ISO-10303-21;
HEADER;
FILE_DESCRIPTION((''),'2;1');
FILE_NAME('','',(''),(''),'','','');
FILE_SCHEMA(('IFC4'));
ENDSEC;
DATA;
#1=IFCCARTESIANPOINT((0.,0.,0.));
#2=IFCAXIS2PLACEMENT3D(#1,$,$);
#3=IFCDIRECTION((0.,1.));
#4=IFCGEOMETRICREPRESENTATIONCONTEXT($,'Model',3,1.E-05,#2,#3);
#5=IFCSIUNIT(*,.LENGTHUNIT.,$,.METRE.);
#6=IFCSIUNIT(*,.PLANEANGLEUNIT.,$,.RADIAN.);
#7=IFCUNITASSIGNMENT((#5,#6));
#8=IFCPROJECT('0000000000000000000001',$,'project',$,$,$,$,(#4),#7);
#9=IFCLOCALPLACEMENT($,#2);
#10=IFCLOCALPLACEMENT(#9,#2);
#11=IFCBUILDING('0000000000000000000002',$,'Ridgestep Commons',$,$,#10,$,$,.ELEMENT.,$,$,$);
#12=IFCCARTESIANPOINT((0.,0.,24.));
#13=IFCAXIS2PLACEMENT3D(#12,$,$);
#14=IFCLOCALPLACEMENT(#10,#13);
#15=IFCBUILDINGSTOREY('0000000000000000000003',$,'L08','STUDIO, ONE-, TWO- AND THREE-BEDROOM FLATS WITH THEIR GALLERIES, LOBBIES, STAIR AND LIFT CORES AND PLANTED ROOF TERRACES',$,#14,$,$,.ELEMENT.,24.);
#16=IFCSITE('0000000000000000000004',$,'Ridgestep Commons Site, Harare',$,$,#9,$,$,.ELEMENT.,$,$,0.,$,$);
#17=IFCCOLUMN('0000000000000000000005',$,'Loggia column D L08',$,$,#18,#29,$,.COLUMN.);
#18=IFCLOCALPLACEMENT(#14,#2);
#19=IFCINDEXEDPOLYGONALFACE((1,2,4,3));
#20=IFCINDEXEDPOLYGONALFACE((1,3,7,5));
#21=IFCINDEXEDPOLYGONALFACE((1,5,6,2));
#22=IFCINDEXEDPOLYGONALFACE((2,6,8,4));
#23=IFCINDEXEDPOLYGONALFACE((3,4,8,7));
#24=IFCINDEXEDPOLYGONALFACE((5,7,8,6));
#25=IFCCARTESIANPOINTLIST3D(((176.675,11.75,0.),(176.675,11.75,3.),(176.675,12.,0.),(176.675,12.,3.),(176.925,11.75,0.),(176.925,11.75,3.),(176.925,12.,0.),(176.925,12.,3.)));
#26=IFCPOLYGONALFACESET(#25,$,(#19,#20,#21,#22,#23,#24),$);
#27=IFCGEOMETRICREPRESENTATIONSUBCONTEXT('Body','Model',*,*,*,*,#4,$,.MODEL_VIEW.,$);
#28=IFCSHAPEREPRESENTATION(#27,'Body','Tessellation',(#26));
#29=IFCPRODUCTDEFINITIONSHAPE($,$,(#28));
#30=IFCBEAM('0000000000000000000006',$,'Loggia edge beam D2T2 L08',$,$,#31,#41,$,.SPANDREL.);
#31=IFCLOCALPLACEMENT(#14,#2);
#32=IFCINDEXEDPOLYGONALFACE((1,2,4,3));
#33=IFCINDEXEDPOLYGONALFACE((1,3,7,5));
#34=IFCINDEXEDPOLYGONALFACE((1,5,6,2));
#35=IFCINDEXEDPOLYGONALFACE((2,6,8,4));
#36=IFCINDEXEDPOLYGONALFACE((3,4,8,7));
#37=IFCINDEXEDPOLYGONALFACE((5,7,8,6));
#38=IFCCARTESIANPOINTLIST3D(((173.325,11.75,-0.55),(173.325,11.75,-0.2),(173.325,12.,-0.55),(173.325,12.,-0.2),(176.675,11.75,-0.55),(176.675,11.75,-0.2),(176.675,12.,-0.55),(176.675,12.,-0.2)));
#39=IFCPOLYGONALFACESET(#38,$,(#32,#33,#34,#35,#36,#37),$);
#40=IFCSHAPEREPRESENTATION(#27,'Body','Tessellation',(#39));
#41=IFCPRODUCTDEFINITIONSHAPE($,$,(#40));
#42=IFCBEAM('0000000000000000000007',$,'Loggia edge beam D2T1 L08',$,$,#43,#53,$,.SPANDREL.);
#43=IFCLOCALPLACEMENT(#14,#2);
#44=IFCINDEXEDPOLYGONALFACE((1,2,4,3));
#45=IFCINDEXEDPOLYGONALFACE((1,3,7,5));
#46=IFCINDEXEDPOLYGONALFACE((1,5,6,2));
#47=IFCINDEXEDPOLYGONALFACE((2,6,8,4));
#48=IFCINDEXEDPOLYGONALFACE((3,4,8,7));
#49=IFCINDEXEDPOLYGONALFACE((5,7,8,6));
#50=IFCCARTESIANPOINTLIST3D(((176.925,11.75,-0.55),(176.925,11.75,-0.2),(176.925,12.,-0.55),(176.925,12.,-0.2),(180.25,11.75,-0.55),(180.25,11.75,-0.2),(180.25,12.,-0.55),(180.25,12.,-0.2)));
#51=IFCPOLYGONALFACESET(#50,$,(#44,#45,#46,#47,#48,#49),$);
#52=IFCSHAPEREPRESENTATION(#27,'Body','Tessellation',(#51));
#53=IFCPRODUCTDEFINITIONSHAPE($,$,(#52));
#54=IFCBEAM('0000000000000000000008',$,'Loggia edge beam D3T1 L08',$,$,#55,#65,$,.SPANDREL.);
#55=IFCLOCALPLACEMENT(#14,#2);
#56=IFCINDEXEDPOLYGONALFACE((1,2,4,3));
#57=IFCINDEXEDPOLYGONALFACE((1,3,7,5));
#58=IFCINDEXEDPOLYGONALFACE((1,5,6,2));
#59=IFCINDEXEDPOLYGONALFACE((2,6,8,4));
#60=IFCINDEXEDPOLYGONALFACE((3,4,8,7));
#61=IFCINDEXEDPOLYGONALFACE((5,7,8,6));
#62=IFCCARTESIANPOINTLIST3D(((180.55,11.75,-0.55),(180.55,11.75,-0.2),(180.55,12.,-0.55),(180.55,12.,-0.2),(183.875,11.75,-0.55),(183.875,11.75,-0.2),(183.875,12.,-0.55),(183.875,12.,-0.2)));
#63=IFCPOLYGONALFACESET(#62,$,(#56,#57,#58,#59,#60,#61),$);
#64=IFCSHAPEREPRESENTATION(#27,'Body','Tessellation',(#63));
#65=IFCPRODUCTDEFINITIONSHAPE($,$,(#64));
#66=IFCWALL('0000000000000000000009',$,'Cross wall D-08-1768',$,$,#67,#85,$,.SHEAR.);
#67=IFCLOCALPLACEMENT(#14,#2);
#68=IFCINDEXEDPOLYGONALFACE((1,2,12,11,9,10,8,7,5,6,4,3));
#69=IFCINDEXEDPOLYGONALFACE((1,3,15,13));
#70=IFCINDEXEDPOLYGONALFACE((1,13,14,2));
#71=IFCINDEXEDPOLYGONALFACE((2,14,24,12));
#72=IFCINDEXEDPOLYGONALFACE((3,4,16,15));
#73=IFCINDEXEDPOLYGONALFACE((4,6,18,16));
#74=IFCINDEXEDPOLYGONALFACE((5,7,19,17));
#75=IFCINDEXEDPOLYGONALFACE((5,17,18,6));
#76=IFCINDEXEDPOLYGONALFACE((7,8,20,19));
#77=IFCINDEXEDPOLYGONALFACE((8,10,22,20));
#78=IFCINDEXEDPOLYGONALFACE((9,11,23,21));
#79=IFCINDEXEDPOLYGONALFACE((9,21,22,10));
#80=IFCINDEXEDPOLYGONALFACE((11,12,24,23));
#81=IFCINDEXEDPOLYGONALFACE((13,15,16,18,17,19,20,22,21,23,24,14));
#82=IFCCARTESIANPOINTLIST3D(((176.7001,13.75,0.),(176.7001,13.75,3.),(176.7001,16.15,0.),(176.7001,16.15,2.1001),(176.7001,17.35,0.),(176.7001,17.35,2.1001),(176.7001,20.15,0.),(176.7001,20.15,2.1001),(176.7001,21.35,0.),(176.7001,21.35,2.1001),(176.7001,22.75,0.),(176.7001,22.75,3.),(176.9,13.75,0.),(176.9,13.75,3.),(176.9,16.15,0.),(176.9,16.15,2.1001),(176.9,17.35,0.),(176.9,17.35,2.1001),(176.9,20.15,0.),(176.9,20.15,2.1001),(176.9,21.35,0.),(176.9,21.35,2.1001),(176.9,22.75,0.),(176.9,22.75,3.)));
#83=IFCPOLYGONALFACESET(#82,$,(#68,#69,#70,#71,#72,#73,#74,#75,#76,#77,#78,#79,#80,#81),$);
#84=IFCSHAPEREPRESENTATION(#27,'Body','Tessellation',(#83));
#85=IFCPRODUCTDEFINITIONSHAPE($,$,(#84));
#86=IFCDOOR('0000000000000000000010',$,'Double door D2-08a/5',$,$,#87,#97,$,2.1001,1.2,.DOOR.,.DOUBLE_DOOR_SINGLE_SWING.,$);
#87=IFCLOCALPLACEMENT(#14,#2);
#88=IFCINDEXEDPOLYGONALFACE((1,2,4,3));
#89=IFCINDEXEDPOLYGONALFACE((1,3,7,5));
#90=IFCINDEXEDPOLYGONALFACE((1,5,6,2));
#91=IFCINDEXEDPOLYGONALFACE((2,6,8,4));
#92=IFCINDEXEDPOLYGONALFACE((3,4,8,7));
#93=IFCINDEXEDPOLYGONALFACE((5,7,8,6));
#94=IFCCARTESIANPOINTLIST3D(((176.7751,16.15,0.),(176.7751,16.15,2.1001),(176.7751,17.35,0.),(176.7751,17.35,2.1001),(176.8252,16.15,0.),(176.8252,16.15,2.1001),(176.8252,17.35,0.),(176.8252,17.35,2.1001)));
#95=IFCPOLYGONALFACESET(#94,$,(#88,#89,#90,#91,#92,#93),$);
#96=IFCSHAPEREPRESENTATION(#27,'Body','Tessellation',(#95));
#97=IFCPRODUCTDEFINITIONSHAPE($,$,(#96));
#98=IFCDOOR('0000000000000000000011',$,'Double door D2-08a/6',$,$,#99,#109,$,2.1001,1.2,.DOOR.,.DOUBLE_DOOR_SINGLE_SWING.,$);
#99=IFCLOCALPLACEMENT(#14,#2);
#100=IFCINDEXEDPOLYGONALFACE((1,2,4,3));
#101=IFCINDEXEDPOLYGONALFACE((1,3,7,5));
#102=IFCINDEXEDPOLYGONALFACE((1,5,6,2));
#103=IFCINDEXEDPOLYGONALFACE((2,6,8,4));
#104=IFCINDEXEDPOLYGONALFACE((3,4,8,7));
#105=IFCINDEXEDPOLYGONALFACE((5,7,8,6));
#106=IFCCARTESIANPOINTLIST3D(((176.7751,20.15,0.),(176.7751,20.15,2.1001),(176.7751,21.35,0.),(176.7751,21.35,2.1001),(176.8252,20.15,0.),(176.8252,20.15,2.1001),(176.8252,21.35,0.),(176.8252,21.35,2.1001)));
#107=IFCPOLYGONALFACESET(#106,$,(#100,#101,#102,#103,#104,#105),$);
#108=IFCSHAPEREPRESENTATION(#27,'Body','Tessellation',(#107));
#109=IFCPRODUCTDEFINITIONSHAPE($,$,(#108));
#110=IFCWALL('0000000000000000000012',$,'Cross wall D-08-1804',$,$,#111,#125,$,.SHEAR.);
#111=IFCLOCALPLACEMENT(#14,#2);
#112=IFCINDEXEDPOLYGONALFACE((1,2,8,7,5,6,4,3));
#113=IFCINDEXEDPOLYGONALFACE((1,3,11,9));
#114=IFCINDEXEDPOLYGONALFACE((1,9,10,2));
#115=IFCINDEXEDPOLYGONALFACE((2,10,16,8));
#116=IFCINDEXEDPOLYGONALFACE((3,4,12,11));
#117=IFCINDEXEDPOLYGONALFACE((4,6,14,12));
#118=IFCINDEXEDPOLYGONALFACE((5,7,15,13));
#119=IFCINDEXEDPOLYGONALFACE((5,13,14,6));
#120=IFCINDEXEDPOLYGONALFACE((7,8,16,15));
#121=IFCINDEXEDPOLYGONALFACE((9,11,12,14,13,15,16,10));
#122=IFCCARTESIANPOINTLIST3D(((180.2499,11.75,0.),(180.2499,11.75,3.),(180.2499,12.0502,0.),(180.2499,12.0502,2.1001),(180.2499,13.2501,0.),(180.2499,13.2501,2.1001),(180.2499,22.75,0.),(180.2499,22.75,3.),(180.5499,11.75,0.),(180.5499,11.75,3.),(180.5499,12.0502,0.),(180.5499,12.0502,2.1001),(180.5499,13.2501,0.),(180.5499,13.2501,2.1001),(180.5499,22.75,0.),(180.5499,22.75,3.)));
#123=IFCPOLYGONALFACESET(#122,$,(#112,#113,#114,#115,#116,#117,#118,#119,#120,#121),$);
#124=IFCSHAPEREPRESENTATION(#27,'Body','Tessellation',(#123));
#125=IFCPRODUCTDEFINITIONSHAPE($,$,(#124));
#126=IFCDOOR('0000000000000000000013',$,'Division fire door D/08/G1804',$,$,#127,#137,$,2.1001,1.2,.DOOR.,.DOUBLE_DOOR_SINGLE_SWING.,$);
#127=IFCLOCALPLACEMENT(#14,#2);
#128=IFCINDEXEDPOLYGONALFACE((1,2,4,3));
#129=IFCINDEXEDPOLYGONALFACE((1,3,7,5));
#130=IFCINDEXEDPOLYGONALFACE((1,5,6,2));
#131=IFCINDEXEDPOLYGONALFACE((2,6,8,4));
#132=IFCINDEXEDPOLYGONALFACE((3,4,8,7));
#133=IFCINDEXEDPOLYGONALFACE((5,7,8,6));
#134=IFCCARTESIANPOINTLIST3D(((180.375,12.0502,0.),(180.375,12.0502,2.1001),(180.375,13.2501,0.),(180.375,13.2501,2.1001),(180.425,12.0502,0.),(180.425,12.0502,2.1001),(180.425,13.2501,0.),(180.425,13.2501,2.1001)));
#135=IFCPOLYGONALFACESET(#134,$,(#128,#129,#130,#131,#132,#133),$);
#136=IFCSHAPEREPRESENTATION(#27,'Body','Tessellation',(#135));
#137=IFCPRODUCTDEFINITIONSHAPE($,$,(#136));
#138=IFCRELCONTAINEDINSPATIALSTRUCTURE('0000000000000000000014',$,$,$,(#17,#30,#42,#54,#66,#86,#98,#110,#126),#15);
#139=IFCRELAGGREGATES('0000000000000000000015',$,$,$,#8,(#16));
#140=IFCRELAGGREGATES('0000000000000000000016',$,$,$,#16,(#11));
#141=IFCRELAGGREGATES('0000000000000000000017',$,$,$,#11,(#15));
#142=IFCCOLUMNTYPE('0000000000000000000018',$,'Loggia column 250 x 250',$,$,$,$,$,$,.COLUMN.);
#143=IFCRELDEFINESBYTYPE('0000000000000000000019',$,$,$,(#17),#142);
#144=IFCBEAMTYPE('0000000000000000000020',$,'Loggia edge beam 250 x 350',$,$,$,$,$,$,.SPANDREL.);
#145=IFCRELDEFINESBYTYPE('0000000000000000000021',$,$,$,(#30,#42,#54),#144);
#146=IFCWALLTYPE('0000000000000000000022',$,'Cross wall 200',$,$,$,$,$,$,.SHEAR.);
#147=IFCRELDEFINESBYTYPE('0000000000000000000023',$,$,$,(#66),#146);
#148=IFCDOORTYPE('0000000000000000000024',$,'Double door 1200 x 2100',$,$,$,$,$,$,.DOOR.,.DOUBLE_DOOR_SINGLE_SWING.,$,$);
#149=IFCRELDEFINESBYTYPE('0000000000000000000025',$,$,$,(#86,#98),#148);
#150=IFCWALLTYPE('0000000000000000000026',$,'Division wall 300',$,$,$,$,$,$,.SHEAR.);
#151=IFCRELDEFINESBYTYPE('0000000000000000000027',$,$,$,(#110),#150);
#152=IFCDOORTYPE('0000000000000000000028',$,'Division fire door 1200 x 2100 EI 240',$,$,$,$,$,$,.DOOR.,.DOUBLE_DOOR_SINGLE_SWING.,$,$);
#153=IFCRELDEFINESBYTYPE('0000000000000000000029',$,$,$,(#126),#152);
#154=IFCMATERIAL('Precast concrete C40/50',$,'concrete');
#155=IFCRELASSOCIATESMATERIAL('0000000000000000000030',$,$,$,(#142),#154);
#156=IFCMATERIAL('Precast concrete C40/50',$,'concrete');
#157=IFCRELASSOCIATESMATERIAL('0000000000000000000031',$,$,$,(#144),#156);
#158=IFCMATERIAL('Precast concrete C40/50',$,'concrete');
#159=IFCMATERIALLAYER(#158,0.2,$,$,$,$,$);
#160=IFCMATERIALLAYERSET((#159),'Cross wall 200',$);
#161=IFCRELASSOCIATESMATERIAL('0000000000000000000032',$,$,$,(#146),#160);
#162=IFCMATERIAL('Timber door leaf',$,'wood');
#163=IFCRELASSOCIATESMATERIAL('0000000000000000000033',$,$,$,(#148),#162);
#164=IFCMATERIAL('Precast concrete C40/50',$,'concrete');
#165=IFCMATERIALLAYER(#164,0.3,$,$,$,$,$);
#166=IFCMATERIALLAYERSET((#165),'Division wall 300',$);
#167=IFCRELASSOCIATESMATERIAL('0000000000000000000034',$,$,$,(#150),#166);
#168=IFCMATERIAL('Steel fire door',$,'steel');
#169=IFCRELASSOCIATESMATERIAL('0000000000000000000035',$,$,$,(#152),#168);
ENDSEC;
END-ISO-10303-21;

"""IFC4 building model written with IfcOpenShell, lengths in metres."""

from ifc_helpers import new_model, si_unit, direction, frame, frame_2d, origin, origin_2d, place, context, subcontext, project, spatial, rectangle, extrude, material, layer, layer_set, material_profile, profile_set, type_object, element, fill, save


model = new_model("IFC4")

# Units and contexts
model_context = context("Model", 3, precision=1e-05, world=origin(), true_north=direction((0.0, 1.0)))
body_context = subcontext(model_context, "Body", "Model", "MODEL_VIEW")
ifc_project = project(units=[si_unit("LENGTHUNIT", "METRE"), si_unit("PLANEANGLEUNIT", "RADIAN")], contexts=[model_context])

# Site, building, storey
site_placement = place(None, origin())
site = spatial("IfcSite", under=ifc_project, at=site_placement, Name="Ridgestep Commons Site, Harare", CompositionType="ELEMENT", RefElevation=0.0)
building_placement = place(site_placement, origin())
building = spatial("IfcBuilding", under=site, at=building_placement, Name="Ridgestep Commons", CompositionType="ELEMENT")
storey_placement = place(building_placement, frame((0.0, 0.0, 24.0)))
storey = spatial("IfcBuildingStorey", under=building, at=storey_placement, Name="L08", Description="STUDIO, ONE-, TWO- AND THREE-BEDROOM FLATS WITH THEIR GALLERIES, LOBBIES, STAIR AND LIFT CORES AND PLANTED ROOF TERRACES", CompositionType="ELEMENT", Elevation=24.0)

# Column
ifc_material_1 = material(Name="Precast concrete C40/50", Category="concrete")
ifc_material_profile_1 = material_profile(ifc_material_1, rectangle(XDim=0.25, YDim=0.25, at=origin_2d()), Name="PC 250x250")
ifc_profile_set_1 = profile_set([ifc_material_profile_1], Name="Precast concrete C40/50")
column_type = type_object("IfcColumnType", Name="Loggia column 250 x 250", PredefinedType="COLUMN", material=ifc_profile_set_1)
column_placement = place(storey_placement, frame((176.8, 11.875, 0.0), z_axis=(0.0, 0.0, 1.0), x_axis=(1.0, 0.0, 0.0)))
element("IfcColumn", 1, at=column_placement, inside=storey, type_object=column_type, Name="Loggia column D L08", PredefinedType="COLUMN", context=body_context, shape_type="SweptSolid", body=[
    extrude(rectangle(XDim=0.25, YDim=0.25, at=origin_2d()), origin(), (0.0, 0.0, 1.0), 3.0),
])

# Beams
ifc_material_2 = material(Name="Precast concrete C40/50", Category="concrete")
ifc_material_profile_2 = material_profile(ifc_material_2, rectangle(XDim=0.25, YDim=0.3501, at=origin_2d()), Name="PC 250x350")
ifc_profile_set_2 = profile_set([ifc_material_profile_2], Name="Precast concrete C40/50")
beam_type = type_object("IfcBeamType", Name="Loggia edge beam 250 x 350", PredefinedType="SPANDREL", material=ifc_profile_set_2)
beam_placement = place(storey_placement, frame((173.325, 11.875, -0.375), z_axis=(1.0, 0.0, 0.0), x_axis=(0.0, 1.0, 0.0)))
element("IfcBeam", 2, at=beam_placement, inside=storey, type_object=beam_type, Name="Loggia edge beam D2T2 L08", PredefinedType="SPANDREL", context=body_context, shape_type="SweptSolid", body=[
    extrude(rectangle(XDim=0.25, YDim=0.3501, at=origin_2d()), origin(), (0.0, 0.0, 1.0), 3.3501),
])
for number, where, z_axis, x_axis, name in (
    (3, (176.925, 11.875, -0.375), (1.0, 0.0, 0.0), (0.0, 1.0, 0.0), "Loggia edge beam D2T1 L08"),
    (4, (180.55, 11.875, -0.375), (1.0, 0.0, 0.0), (0.0, 1.0, 0.0), "Loggia edge beam D3T1 L08"),
):
    element("IfcBeam", number, at=place(storey_placement, frame(where, z_axis=z_axis, x_axis=x_axis)), inside=storey, type_object=beam_type, Name=name, PredefinedType="SPANDREL", context=body_context, shape_type="SweptSolid", body=[
        extrude(rectangle(XDim=0.25, YDim=0.3501, at=origin_2d()), origin(), (0.0, 0.0, 1.0), 3.325),
    ])

# Wall, openings, doors
ifc_material_3 = material(Name="Precast concrete C40/50", Category="concrete")
ifc_layer_1 = layer(ifc_material_3, 0.2)
ifc_layer_set_1 = layer_set([ifc_layer_1], Name="Cross wall 200")
wall_type_1 = type_object("IfcWallType", Name="Cross wall 200", PredefinedType="SHEAR", material=ifc_layer_set_1)
wall_1_placement = place(storey_placement, frame((176.8, 13.75, 0.0), z_axis=(0.0, 0.0, 1.0), x_axis=(0.0, 1.0, 0.0)))
wall_1 = element("IfcWall", 5, at=wall_1_placement, inside=storey, type_object=wall_type_1, Name="Cross wall D-08-1768", PredefinedType="SHEAR", context=body_context, shape_type="SweptSolid", body=[
    extrude(rectangle(XDim=9.0, YDim=0.2, at=frame_2d((4.5, 0.0))), origin(), (0.0, 0.0, 1.0), 3.0),
])
opening_1_placement = place(wall_1_placement, frame((2.3999, 0.0, 0.0)))
opening_1 = element("IfcOpeningElement", 6, at=opening_1_placement, cuts=wall_1, PredefinedType="OPENING", context=body_context, shape_type="SweptSolid", body=[
    extrude(rectangle(XDim=1.2, YDim=2.1001, at=frame_2d((0.6001, 1.05))), frame((0.0, 0.1099, 0.0), z_axis=(0.0, -1.0, 0.0), x_axis=(1.0, 0.0, 0.0)), (0.0, 0.0, 1.0), 0.22),
])
opening_2_placement = place(wall_1_placement, frame((6.3999, 0.0, 0.0)))
opening_2 = element("IfcOpeningElement", 7, at=opening_2_placement, cuts=wall_1, PredefinedType="OPENING", context=body_context, shape_type="SweptSolid", body=[
    extrude(rectangle(XDim=1.2, YDim=2.1001, at=frame_2d((0.6001, 1.05))), frame((0.0, 0.1099, 0.0), z_axis=(0.0, -1.0, 0.0), x_axis=(1.0, 0.0, 0.0)), (0.0, 0.0, 1.0), 0.22),
])
ifc_material_4 = material(Name="Timber door leaf", Category="wood")
door_type_1 = type_object("IfcDoorType", Name="Double door 1200 x 2100", OperationType="DOUBLE_DOOR_SINGLE_SWING", PredefinedType="DOOR", material=ifc_material_4)
door_1_placement = place(opening_1_placement, origin())
door_1 = element("IfcDoor", 8, at=door_1_placement, inside=storey, type_object=door_type_1, Name="Double door D2-08a/5", OperationType="DOUBLE_DOOR_SINGLE_SWING", OverallHeight=2.1001, OverallWidth=1.2, PredefinedType="DOOR", context=body_context, shape_type="SweptSolid", body=[
    extrude(rectangle(XDim=1.2, YDim=2.1001, at=frame_2d((0.6001, 1.05))), frame((0.0, 0.0249, 0.0), z_axis=(0.0, -1.0, 0.0), x_axis=(1.0, 0.0, 0.0)), (0.0, 0.0, 1.0), 0.05),
])
fill(opening_1, door_1)
door_2_placement = place(opening_2_placement, origin())
door_2 = element("IfcDoor", 9, at=door_2_placement, inside=storey, type_object=door_type_1, Name="Double door D2-08a/6", OperationType="DOUBLE_DOOR_SINGLE_SWING", OverallHeight=2.1001, OverallWidth=1.2, PredefinedType="DOOR", context=body_context, shape_type="SweptSolid", body=[
    extrude(rectangle(XDim=1.2, YDim=2.1001, at=frame_2d((0.6001, 1.05))), frame((0.0, 0.0249, 0.0), z_axis=(0.0, -1.0, 0.0), x_axis=(1.0, 0.0, 0.0)), (0.0, 0.0, 1.0), 0.05),
])
fill(opening_2, door_2)

# Wall, opening, door
ifc_material_5 = material(Name="Precast concrete C40/50", Category="concrete")
ifc_layer_2 = layer(ifc_material_5, 0.3)
ifc_layer_set_2 = layer_set([ifc_layer_2], Name="Division wall 300")
wall_type_2 = type_object("IfcWallType", Name="Division wall 300", PredefinedType="SHEAR", material=ifc_layer_set_2)
wall_2_placement = place(storey_placement, frame((180.3999, 11.75, 0.0), z_axis=(0.0, 0.0, 1.0), x_axis=(0.0, 1.0, 0.0)))
wall_2 = element("IfcWall", 10, at=wall_2_placement, inside=storey, type_object=wall_type_2, Name="Cross wall D-08-1804", PredefinedType="SHEAR", context=body_context, shape_type="SweptSolid", body=[
    extrude(rectangle(XDim=11.0, YDim=0.3, at=frame_2d((5.5, 0.0))), origin(), (0.0, 0.0, 1.0), 3.0),
])
opening_3_placement = place(wall_2_placement, frame((0.3, 0.0, 0.0)))
opening_3 = element("IfcOpeningElement", 11, at=opening_3_placement, cuts=wall_2, PredefinedType="OPENING", context=body_context, shape_type="SweptSolid", body=[
    extrude(rectangle(XDim=1.2, YDim=2.1001, at=frame_2d((0.6001, 1.05))), frame((0.0, 0.1599, 0.0), z_axis=(0.0, -1.0, 0.0), x_axis=(1.0, 0.0, 0.0)), (0.0, 0.0, 1.0), 0.3201),
])
ifc_material_6 = material(Name="Steel fire door", Category="steel")
door_type_2 = type_object("IfcDoorType", Name="Division fire door 1200 x 2100 EI 240", OperationType="DOUBLE_DOOR_SINGLE_SWING", PredefinedType="DOOR", material=ifc_material_6)
door_3_placement = place(opening_3_placement, origin())
door_3 = element("IfcDoor", 12, at=door_3_placement, inside=storey, type_object=door_type_2, Name="Division fire door D/08/G1804", OperationType="DOUBLE_DOOR_SINGLE_SWING", OverallHeight=2.1001, OverallWidth=1.2, PredefinedType="DOOR", context=body_context, shape_type="SweptSolid", body=[
    extrude(rectangle(XDim=1.2, YDim=2.1001, at=frame_2d((0.6001, 1.05))), frame((0.0, 0.0249, 0.0), z_axis=(0.0, -1.0, 0.0), x_axis=(1.0, 0.0, 0.0)), (0.0, 0.0, 1.0), 0.05),
])
fill(opening_3, door_3)

save(model, "model.ifc")
